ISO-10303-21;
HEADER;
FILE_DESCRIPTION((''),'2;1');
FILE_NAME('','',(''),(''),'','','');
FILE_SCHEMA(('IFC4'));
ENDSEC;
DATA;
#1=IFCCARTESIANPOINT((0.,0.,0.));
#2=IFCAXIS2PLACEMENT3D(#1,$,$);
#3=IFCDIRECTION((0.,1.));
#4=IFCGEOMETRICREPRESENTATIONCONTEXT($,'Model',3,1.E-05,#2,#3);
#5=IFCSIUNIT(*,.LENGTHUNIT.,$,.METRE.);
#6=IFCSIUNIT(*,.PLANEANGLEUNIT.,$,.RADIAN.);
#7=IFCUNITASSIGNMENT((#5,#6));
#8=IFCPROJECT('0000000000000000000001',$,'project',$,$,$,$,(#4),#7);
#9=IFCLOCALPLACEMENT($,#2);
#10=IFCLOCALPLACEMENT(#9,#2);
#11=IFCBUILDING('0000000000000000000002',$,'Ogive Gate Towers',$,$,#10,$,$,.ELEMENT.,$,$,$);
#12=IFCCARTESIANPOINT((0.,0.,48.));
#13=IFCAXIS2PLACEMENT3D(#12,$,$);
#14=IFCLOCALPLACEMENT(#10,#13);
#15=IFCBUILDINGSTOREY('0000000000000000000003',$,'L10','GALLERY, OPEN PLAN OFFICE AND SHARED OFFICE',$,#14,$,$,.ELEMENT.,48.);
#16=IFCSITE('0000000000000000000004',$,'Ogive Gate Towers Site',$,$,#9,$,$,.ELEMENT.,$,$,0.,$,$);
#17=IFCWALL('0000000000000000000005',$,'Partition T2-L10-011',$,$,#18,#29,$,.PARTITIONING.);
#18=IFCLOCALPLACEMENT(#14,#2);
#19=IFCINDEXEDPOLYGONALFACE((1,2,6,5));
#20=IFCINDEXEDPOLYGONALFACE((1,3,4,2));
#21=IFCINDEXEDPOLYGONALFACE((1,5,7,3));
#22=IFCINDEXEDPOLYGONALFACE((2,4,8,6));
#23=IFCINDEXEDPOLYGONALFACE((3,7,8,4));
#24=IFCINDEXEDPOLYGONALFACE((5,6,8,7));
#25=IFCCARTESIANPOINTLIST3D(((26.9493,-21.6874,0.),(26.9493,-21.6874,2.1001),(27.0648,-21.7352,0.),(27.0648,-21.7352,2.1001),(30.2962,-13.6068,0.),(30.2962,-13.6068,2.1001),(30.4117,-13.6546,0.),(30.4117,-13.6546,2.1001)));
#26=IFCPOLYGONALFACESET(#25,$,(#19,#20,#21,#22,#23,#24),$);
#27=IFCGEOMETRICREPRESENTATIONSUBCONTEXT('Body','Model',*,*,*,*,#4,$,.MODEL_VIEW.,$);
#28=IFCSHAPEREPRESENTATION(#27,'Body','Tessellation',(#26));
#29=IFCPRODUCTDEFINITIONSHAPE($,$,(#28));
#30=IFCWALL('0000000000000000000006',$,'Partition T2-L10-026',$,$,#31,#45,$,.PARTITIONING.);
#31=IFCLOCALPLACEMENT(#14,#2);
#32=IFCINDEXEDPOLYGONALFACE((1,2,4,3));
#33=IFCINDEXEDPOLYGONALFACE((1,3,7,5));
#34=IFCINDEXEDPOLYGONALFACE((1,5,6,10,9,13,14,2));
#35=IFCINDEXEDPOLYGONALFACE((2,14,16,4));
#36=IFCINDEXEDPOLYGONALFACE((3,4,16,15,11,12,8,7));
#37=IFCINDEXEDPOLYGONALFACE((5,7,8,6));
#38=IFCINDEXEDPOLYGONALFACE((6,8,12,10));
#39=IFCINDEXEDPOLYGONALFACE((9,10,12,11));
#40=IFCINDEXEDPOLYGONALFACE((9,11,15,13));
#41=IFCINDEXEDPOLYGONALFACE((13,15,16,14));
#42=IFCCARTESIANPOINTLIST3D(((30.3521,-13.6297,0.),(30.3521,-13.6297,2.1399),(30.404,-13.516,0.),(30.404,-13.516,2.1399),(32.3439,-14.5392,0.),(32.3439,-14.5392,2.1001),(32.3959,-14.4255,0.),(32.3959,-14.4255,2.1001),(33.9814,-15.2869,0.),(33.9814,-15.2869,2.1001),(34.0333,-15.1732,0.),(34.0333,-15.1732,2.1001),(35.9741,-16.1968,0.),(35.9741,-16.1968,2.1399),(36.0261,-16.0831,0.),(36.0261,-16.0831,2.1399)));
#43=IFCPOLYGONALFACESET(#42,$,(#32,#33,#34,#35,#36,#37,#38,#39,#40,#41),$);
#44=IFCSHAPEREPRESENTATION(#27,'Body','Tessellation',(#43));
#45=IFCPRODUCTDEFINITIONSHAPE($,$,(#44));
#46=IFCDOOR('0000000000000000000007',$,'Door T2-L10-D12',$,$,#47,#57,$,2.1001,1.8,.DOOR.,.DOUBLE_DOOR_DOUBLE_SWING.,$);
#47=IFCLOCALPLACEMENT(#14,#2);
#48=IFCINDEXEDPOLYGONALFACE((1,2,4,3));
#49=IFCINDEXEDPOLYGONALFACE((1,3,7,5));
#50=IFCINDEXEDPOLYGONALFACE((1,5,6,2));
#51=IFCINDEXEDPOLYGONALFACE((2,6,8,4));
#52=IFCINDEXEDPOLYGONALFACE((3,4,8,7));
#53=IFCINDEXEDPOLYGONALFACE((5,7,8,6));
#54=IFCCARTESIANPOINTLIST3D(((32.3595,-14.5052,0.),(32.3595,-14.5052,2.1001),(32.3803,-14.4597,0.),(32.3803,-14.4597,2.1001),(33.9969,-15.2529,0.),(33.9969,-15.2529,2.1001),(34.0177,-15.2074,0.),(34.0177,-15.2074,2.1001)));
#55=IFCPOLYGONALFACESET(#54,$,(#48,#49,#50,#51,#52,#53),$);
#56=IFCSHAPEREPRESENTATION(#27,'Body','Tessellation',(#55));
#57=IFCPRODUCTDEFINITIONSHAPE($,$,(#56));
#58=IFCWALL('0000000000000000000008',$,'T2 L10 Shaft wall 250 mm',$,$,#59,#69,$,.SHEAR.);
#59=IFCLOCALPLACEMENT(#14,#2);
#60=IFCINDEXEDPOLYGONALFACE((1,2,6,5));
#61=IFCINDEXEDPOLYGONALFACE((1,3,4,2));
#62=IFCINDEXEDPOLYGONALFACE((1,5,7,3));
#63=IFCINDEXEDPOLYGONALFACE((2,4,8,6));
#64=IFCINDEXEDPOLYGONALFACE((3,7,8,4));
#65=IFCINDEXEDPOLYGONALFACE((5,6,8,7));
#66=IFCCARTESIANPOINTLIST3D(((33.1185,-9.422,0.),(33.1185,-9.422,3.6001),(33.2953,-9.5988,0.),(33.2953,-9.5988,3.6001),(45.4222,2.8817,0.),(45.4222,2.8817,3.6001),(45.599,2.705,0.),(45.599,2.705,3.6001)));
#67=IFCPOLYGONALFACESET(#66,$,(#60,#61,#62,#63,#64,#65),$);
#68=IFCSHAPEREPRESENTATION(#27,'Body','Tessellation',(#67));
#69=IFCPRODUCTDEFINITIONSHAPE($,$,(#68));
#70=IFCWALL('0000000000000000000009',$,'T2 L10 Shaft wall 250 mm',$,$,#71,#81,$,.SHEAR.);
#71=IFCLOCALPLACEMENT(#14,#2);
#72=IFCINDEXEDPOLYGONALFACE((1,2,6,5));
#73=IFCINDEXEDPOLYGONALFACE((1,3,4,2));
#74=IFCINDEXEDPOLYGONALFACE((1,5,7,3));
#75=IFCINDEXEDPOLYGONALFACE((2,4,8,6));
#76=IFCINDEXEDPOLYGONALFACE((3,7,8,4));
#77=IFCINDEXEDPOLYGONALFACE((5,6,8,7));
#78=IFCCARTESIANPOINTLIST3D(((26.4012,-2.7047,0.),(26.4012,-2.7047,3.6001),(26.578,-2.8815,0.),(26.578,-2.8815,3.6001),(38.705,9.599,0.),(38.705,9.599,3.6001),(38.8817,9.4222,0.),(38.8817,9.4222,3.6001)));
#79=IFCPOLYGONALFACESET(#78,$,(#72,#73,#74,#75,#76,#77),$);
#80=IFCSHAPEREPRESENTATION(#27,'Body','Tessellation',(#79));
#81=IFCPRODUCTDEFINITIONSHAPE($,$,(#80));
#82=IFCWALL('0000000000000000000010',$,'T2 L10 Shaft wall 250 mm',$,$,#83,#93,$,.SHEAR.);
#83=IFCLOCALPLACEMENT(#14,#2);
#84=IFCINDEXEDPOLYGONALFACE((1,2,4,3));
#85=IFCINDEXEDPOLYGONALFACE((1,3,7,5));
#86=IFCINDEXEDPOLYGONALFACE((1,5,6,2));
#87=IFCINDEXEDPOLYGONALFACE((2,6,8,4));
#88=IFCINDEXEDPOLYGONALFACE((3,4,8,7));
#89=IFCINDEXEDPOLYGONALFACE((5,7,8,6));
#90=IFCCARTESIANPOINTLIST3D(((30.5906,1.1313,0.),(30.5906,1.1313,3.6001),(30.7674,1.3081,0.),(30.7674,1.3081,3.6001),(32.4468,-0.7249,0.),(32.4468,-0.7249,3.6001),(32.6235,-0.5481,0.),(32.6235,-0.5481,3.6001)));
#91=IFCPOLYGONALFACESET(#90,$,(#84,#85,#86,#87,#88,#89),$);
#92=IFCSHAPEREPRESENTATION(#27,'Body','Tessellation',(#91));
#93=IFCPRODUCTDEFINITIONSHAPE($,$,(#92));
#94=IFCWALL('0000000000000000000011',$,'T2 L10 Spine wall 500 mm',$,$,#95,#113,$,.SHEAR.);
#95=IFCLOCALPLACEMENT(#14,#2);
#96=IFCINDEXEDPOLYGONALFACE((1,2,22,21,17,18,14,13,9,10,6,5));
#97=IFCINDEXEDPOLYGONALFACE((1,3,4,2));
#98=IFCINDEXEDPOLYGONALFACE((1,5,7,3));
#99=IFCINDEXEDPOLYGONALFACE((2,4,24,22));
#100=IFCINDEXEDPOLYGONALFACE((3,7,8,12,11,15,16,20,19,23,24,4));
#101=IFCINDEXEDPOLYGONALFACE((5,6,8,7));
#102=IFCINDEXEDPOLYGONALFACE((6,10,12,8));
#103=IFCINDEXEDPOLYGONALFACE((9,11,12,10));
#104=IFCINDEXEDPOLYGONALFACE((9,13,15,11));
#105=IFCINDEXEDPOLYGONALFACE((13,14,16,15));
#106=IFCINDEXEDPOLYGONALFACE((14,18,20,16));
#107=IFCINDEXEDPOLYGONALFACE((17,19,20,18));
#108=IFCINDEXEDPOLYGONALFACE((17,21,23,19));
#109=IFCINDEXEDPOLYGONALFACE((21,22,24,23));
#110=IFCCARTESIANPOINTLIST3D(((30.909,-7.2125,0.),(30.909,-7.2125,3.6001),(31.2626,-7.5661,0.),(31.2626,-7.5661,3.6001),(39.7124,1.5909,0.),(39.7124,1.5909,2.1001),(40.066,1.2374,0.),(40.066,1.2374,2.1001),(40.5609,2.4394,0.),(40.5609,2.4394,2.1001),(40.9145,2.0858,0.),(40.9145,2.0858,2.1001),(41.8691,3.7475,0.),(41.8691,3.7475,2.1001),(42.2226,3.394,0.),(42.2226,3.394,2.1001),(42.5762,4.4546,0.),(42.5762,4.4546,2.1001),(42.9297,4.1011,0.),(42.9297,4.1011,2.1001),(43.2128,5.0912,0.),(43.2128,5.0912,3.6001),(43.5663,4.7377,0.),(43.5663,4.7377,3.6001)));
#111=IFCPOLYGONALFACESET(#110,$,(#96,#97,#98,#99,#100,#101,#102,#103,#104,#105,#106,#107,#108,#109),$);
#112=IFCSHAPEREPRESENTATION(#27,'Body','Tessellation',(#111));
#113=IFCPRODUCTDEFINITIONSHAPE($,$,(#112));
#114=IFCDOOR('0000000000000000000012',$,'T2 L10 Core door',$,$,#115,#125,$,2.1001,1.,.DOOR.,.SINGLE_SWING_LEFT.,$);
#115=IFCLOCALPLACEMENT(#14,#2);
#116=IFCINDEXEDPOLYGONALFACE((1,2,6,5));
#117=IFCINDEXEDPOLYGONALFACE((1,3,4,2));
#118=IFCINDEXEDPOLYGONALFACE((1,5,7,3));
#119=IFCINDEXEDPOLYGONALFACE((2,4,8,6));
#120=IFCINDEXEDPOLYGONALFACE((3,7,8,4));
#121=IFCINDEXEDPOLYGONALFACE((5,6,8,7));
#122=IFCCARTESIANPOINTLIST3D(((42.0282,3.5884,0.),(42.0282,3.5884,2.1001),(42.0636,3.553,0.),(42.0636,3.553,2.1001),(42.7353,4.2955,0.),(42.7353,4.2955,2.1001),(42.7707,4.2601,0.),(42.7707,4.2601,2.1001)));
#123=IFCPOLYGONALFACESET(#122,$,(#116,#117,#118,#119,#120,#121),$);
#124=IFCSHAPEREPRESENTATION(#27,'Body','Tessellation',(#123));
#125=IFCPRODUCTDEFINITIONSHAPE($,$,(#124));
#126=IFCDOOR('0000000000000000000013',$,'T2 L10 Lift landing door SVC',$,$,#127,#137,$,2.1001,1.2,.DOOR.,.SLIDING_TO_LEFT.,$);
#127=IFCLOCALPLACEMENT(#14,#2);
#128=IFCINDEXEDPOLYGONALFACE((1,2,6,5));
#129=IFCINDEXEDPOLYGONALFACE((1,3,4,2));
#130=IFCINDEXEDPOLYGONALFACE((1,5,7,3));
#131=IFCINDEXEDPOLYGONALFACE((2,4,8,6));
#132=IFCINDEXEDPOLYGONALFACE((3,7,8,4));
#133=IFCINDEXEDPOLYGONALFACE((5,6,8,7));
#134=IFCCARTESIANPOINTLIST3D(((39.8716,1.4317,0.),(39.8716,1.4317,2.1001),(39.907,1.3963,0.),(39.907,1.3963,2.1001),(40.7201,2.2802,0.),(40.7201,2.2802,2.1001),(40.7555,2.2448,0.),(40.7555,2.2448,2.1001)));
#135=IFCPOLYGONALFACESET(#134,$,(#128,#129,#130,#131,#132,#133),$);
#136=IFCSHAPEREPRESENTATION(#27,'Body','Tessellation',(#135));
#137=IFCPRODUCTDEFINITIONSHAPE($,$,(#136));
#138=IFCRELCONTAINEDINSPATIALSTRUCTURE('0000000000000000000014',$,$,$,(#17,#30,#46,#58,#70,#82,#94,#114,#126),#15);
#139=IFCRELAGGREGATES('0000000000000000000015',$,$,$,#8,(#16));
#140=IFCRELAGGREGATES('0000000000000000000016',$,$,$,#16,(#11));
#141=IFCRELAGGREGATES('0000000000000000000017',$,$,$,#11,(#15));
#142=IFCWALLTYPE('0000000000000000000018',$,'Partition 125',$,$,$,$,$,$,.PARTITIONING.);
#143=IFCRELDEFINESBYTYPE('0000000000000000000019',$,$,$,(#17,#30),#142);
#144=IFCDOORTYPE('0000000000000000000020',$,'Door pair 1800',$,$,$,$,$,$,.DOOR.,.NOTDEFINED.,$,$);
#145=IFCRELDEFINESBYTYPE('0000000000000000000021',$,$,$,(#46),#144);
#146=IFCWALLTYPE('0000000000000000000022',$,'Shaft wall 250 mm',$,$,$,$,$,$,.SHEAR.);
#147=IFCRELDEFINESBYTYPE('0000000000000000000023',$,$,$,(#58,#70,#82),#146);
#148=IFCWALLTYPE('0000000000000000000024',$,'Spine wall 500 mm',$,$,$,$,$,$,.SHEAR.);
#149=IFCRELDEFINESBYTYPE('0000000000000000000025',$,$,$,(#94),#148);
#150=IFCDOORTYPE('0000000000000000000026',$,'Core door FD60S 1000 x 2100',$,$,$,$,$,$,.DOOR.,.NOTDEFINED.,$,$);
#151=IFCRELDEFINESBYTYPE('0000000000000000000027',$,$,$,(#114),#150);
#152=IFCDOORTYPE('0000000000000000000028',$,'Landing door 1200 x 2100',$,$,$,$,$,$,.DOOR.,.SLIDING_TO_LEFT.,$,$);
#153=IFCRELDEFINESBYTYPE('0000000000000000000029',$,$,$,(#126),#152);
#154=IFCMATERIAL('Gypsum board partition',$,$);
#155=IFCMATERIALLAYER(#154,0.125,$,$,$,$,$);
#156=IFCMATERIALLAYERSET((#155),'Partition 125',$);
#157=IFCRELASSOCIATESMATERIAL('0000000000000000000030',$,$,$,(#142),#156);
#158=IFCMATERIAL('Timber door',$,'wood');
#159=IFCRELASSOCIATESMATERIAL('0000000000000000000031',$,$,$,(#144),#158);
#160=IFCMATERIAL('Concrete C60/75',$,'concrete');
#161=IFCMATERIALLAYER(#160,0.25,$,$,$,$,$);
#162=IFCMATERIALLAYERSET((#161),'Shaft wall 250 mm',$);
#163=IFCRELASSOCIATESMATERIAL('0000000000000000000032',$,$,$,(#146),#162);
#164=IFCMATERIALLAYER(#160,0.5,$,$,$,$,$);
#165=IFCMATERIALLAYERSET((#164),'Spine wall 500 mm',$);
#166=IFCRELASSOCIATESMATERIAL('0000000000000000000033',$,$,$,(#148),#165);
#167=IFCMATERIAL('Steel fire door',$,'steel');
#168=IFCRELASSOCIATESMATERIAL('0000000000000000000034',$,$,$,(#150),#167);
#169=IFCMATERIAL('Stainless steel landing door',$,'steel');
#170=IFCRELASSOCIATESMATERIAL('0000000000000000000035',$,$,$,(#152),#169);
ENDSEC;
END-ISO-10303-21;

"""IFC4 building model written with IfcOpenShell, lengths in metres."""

from ifc_helpers import new_model, si_unit, direction, frame, frame_2d, origin, place, context, subcontext, project, spatial, rectangle, extrude, material, layer, layer_set, type_object, element, fill, save


model = new_model("IFC4")

# Units and contexts
model_context = context("Model", 3, precision=1e-05, world=origin(), true_north=direction((0.0, 1.0)))
body_context = subcontext(model_context, "Body", "Model", "MODEL_VIEW")
ifc_project = project(units=[si_unit("LENGTHUNIT", "METRE"), si_unit("PLANEANGLEUNIT", "RADIAN")], contexts=[model_context])

# Site, building, storey
site_placement = place(None, origin())
site = spatial("IfcSite", under=ifc_project, at=site_placement, Name="Ogive Gate Towers Site", CompositionType="ELEMENT", RefElevation=0.0)
building_placement = place(site_placement, origin())
building = spatial("IfcBuilding", under=site, at=building_placement, Name="Ogive Gate Towers", CompositionType="ELEMENT")
storey_placement = place(building_placement, frame((0.0, 0.0, 48.0)))
storey = spatial("IfcBuildingStorey", under=building, at=storey_placement, Name="L10", Description="GALLERY, OPEN PLAN OFFICE AND SHARED OFFICE", CompositionType="ELEMENT", Elevation=48.0)

# Wall
ifc_material_1 = material(Name="Gypsum board partition")
ifc_layer_1 = layer(ifc_material_1, 0.125)
ifc_layer_set_1 = layer_set([ifc_layer_1], Name="Partition 125")
wall_type_1 = type_object("IfcWallType", Name="Partition 125", PredefinedType="PARTITIONING", material=ifc_layer_set_1)
wall_1_placement = place(storey_placement, frame((27.0071, -21.7112, 0.0), z_axis=(0.0, 0.0, 1.0), x_axis=(0.382668, 0.923886, 0.0)))
element("IfcWall", 1, at=wall_1_placement, inside=storey, type_object=wall_type_1, Name="Partition T2-L10-011", PredefinedType="PARTITIONING", context=body_context, shape_type="SweptSolid", body=[
    extrude(rectangle(XDim=8.7463, YDim=0.125, at=frame_2d((4.373, 0.0))), origin(), (0.0, 0.0, 1.0), 2.1001),
])

# Wall, opening, door
wall_2_placement = place(storey_placement, frame((30.3779, -13.5728, 0.0), z_axis=(0.0, 0.0, 1.0), x_axis=(0.909655, -0.415365, 0.0)))
wall_2 = element("IfcWall", 2, at=wall_2_placement, inside=storey, type_object=wall_type_1, Name="Partition T2-L10-026", PredefinedType="PARTITIONING", context=body_context, shape_type="SweptSolid", body=[
    extrude(rectangle(XDim=6.1804, YDim=0.125, at=frame_2d((3.0903, 0.0))), origin(), (0.0, 0.0, 1.0), 2.1399),
])
opening_1_placement = place(wall_2_placement, frame((2.1899, 0.0, 0.0)))
opening_1 = element("IfcOpeningElement", 3, at=opening_1_placement, cuts=wall_2, PredefinedType="OPENING", context=body_context, shape_type="SweptSolid", body=[
    extrude(rectangle(XDim=1.8, YDim=2.1001, at=frame_2d((0.8999, 1.05))), frame((0.0, 0.0725, 0.0), z_axis=(0.0, -1.0, 0.0), x_axis=(1.0, 0.0, 0.0)), (0.0, 0.0, 1.0), 0.145),
])
ifc_material_2 = material(Name="Timber door", Category="wood")
door_type_1 = type_object("IfcDoorType", Name="Door pair 1800", OperationType="NOTDEFINED", PredefinedType="DOOR", material=ifc_material_2)
door_1_placement = place(opening_1_placement, origin())
door_1 = element("IfcDoor", 4, at=door_1_placement, inside=storey, type_object=door_type_1, Name="Door T2-L10-D12", OperationType="DOUBLE_DOOR_DOUBLE_SWING", OverallHeight=2.1001, OverallWidth=1.8, PredefinedType="DOOR", context=body_context, shape_type="SweptSolid", body=[
    extrude(rectangle(XDim=1.8, YDim=2.1001, at=frame_2d((0.8999, 1.05))), frame((0.0, 0.0249, 0.0), z_axis=(0.0, -1.0, 0.0), x_axis=(1.0, 0.0, 0.0)), (0.0, 0.0, 1.0), 0.05),
])
fill(opening_1, door_1)

# Walls
ifc_material_3 = material(Name="Concrete C60/75", Category="concrete")
ifc_layer_2 = layer(ifc_material_3, 0.25)
ifc_layer_set_2 = layer_set([ifc_layer_2], Name="Shaft wall 250 mm")
wall_type_2 = type_object("IfcWallType", Name="Shaft wall 250 mm", PredefinedType="SHEAR", material=ifc_layer_set_2)
for number, where, z_axis, x_axis, name in (
    (5, (33.2068, -9.5105, 0.0), (0.0, 0.0, 1.0), (0.707107, 0.707107, 0.0), "T2 L10 Shaft wall 250 mm"),
    (6, (26.4895, -2.7932, 0.0), (0.0, 0.0, 1.0), (0.707107, 0.707107, 0.0), "T2 L10 Shaft wall 250 mm"),
):
    element("IfcWall", number, at=place(storey_placement, frame(where, z_axis=z_axis, x_axis=x_axis)), inside=storey, type_object=wall_type_2, Name=name, PredefinedType="SHEAR", context=body_context, shape_type="SweptSolid", body=[
        extrude(rectangle(XDim=17.4001, YDim=0.25, at=frame_2d((8.7002, 0.0))), origin(), (0.0, 0.0, 1.0), 3.6001),
    ])
wall_3_placement = place(storey_placement, frame((32.5352, -0.6365, 0.0), z_axis=(0.0, 0.0, 1.0), x_axis=(-0.707107, 0.707107, 0.0)))
element("IfcWall", 7, at=wall_3_placement, inside=storey, type_object=wall_type_2, Name="T2 L10 Shaft wall 250 mm", PredefinedType="SHEAR", context=body_context, shape_type="SweptSolid", body=[
    extrude(rectangle(XDim=2.625, YDim=0.25, at=frame_2d((1.3125, 0.0))), origin(), (0.0, 0.0, 1.0), 3.6001),
])

# Wall, openings, doors
ifc_layer_3 = layer(ifc_material_3, 0.5)
ifc_layer_set_3 = layer_set([ifc_layer_3], Name="Spine wall 500 mm")
wall_type_3 = type_object("IfcWallType", Name="Spine wall 500 mm", PredefinedType="SHEAR", material=ifc_layer_set_3)
wall_4_placement = place(storey_placement, frame((31.0857, -7.3894, 0.0), z_axis=(0.0, 0.0, 1.0), x_axis=(0.707107, 0.707107, 0.0)))
wall_4 = element("IfcWall", 8, at=wall_4_placement, inside=storey, type_object=wall_type_3, Name="T2 L10 Spine wall 500 mm", PredefinedType="SHEAR", context=body_context, shape_type="SweptSolid", body=[
    extrude(rectangle(XDim=17.4001, YDim=0.5, at=frame_2d((8.7002, 0.0))), origin(), (0.0, 0.0, 1.0), 3.6001),
])
opening_2_placement = place(wall_4_placement, frame((12.45, 0.0, 0.0)))
opening_2 = element("IfcOpeningElement", 9, at=opening_2_placement, cuts=wall_4, PredefinedType="OPENING", context=body_context, shape_type="SweptSolid", body=[
    extrude(rectangle(XDim=1.2, YDim=2.1001, at=frame_2d((0.6001, 1.05))), frame((0.0, 0.26, 0.0), z_axis=(0.0, -1.0, 0.0), x_axis=(1.0, 0.0, 0.0)), (0.0, 0.0, 1.0), 0.52),
])
opening_3_placement = place(wall_4_placement, frame((15.5, 0.0, 0.0)))
opening_3 = element("IfcOpeningElement", 10, at=opening_3_placement, cuts=wall_4, PredefinedType="OPENING", context=body_context, shape_type="SweptSolid", body=[
    extrude(rectangle(XDim=1.0, YDim=2.1001, at=frame_2d((0.5, 1.05))), frame((0.0, 0.26, 0.0), z_axis=(0.0, -1.0, 0.0), x_axis=(1.0, 0.0, 0.0)), (0.0, 0.0, 1.0), 0.52),
])
ifc_material_4 = material(Name="Steel fire door", Category="steel")
door_type_2 = type_object("IfcDoorType", Name="Core door FD60S 1000 x 2100", OperationType="NOTDEFINED", PredefinedType="DOOR", material=ifc_material_4)
door_2_placement = place(opening_3_placement, origin())
door_2 = element("IfcDoor", 11, at=door_2_placement, inside=storey, type_object=door_type_2, Name="T2 L10 Core door", OperationType="SINGLE_SWING_LEFT", OverallHeight=2.1001, OverallWidth=1.0, PredefinedType="DOOR", context=body_context, shape_type="SweptSolid", body=[
    extrude(rectangle(XDim=1.0, YDim=2.1001, at=frame_2d((0.5, 1.05))), frame((0.0, 0.0249, 0.0), z_axis=(0.0, -1.0, 0.0), x_axis=(1.0, 0.0, 0.0)), (0.0, 0.0, 1.0), 0.05),
])
fill(opening_3, door_2)
ifc_material_5 = material(Name="Stainless steel landing door", Category="steel")
door_type_3 = type_object("IfcDoorType", Name="Landing door 1200 x 2100", OperationType="SLIDING_TO_LEFT", PredefinedType="DOOR", material=ifc_material_5)
door_3_placement = place(opening_2_placement, origin())
door_3 = element("IfcDoor", 12, at=door_3_placement, inside=storey, type_object=door_type_3, Name="T2 L10 Lift landing door SVC", OperationType="SLIDING_TO_LEFT", OverallHeight=2.1001, OverallWidth=1.2, PredefinedType="DOOR", context=body_context, shape_type="SweptSolid", body=[
    extrude(rectangle(XDim=1.2, YDim=2.1001, at=frame_2d((0.6001, 1.05))), frame((0.0, 0.0249, 0.0), z_axis=(0.0, -1.0, 0.0), x_axis=(1.0, 0.0, 0.0)), (0.0, 0.0, 1.0), 0.05),
])
fill(opening_2, door_3)

save(model, "model.ifc")
